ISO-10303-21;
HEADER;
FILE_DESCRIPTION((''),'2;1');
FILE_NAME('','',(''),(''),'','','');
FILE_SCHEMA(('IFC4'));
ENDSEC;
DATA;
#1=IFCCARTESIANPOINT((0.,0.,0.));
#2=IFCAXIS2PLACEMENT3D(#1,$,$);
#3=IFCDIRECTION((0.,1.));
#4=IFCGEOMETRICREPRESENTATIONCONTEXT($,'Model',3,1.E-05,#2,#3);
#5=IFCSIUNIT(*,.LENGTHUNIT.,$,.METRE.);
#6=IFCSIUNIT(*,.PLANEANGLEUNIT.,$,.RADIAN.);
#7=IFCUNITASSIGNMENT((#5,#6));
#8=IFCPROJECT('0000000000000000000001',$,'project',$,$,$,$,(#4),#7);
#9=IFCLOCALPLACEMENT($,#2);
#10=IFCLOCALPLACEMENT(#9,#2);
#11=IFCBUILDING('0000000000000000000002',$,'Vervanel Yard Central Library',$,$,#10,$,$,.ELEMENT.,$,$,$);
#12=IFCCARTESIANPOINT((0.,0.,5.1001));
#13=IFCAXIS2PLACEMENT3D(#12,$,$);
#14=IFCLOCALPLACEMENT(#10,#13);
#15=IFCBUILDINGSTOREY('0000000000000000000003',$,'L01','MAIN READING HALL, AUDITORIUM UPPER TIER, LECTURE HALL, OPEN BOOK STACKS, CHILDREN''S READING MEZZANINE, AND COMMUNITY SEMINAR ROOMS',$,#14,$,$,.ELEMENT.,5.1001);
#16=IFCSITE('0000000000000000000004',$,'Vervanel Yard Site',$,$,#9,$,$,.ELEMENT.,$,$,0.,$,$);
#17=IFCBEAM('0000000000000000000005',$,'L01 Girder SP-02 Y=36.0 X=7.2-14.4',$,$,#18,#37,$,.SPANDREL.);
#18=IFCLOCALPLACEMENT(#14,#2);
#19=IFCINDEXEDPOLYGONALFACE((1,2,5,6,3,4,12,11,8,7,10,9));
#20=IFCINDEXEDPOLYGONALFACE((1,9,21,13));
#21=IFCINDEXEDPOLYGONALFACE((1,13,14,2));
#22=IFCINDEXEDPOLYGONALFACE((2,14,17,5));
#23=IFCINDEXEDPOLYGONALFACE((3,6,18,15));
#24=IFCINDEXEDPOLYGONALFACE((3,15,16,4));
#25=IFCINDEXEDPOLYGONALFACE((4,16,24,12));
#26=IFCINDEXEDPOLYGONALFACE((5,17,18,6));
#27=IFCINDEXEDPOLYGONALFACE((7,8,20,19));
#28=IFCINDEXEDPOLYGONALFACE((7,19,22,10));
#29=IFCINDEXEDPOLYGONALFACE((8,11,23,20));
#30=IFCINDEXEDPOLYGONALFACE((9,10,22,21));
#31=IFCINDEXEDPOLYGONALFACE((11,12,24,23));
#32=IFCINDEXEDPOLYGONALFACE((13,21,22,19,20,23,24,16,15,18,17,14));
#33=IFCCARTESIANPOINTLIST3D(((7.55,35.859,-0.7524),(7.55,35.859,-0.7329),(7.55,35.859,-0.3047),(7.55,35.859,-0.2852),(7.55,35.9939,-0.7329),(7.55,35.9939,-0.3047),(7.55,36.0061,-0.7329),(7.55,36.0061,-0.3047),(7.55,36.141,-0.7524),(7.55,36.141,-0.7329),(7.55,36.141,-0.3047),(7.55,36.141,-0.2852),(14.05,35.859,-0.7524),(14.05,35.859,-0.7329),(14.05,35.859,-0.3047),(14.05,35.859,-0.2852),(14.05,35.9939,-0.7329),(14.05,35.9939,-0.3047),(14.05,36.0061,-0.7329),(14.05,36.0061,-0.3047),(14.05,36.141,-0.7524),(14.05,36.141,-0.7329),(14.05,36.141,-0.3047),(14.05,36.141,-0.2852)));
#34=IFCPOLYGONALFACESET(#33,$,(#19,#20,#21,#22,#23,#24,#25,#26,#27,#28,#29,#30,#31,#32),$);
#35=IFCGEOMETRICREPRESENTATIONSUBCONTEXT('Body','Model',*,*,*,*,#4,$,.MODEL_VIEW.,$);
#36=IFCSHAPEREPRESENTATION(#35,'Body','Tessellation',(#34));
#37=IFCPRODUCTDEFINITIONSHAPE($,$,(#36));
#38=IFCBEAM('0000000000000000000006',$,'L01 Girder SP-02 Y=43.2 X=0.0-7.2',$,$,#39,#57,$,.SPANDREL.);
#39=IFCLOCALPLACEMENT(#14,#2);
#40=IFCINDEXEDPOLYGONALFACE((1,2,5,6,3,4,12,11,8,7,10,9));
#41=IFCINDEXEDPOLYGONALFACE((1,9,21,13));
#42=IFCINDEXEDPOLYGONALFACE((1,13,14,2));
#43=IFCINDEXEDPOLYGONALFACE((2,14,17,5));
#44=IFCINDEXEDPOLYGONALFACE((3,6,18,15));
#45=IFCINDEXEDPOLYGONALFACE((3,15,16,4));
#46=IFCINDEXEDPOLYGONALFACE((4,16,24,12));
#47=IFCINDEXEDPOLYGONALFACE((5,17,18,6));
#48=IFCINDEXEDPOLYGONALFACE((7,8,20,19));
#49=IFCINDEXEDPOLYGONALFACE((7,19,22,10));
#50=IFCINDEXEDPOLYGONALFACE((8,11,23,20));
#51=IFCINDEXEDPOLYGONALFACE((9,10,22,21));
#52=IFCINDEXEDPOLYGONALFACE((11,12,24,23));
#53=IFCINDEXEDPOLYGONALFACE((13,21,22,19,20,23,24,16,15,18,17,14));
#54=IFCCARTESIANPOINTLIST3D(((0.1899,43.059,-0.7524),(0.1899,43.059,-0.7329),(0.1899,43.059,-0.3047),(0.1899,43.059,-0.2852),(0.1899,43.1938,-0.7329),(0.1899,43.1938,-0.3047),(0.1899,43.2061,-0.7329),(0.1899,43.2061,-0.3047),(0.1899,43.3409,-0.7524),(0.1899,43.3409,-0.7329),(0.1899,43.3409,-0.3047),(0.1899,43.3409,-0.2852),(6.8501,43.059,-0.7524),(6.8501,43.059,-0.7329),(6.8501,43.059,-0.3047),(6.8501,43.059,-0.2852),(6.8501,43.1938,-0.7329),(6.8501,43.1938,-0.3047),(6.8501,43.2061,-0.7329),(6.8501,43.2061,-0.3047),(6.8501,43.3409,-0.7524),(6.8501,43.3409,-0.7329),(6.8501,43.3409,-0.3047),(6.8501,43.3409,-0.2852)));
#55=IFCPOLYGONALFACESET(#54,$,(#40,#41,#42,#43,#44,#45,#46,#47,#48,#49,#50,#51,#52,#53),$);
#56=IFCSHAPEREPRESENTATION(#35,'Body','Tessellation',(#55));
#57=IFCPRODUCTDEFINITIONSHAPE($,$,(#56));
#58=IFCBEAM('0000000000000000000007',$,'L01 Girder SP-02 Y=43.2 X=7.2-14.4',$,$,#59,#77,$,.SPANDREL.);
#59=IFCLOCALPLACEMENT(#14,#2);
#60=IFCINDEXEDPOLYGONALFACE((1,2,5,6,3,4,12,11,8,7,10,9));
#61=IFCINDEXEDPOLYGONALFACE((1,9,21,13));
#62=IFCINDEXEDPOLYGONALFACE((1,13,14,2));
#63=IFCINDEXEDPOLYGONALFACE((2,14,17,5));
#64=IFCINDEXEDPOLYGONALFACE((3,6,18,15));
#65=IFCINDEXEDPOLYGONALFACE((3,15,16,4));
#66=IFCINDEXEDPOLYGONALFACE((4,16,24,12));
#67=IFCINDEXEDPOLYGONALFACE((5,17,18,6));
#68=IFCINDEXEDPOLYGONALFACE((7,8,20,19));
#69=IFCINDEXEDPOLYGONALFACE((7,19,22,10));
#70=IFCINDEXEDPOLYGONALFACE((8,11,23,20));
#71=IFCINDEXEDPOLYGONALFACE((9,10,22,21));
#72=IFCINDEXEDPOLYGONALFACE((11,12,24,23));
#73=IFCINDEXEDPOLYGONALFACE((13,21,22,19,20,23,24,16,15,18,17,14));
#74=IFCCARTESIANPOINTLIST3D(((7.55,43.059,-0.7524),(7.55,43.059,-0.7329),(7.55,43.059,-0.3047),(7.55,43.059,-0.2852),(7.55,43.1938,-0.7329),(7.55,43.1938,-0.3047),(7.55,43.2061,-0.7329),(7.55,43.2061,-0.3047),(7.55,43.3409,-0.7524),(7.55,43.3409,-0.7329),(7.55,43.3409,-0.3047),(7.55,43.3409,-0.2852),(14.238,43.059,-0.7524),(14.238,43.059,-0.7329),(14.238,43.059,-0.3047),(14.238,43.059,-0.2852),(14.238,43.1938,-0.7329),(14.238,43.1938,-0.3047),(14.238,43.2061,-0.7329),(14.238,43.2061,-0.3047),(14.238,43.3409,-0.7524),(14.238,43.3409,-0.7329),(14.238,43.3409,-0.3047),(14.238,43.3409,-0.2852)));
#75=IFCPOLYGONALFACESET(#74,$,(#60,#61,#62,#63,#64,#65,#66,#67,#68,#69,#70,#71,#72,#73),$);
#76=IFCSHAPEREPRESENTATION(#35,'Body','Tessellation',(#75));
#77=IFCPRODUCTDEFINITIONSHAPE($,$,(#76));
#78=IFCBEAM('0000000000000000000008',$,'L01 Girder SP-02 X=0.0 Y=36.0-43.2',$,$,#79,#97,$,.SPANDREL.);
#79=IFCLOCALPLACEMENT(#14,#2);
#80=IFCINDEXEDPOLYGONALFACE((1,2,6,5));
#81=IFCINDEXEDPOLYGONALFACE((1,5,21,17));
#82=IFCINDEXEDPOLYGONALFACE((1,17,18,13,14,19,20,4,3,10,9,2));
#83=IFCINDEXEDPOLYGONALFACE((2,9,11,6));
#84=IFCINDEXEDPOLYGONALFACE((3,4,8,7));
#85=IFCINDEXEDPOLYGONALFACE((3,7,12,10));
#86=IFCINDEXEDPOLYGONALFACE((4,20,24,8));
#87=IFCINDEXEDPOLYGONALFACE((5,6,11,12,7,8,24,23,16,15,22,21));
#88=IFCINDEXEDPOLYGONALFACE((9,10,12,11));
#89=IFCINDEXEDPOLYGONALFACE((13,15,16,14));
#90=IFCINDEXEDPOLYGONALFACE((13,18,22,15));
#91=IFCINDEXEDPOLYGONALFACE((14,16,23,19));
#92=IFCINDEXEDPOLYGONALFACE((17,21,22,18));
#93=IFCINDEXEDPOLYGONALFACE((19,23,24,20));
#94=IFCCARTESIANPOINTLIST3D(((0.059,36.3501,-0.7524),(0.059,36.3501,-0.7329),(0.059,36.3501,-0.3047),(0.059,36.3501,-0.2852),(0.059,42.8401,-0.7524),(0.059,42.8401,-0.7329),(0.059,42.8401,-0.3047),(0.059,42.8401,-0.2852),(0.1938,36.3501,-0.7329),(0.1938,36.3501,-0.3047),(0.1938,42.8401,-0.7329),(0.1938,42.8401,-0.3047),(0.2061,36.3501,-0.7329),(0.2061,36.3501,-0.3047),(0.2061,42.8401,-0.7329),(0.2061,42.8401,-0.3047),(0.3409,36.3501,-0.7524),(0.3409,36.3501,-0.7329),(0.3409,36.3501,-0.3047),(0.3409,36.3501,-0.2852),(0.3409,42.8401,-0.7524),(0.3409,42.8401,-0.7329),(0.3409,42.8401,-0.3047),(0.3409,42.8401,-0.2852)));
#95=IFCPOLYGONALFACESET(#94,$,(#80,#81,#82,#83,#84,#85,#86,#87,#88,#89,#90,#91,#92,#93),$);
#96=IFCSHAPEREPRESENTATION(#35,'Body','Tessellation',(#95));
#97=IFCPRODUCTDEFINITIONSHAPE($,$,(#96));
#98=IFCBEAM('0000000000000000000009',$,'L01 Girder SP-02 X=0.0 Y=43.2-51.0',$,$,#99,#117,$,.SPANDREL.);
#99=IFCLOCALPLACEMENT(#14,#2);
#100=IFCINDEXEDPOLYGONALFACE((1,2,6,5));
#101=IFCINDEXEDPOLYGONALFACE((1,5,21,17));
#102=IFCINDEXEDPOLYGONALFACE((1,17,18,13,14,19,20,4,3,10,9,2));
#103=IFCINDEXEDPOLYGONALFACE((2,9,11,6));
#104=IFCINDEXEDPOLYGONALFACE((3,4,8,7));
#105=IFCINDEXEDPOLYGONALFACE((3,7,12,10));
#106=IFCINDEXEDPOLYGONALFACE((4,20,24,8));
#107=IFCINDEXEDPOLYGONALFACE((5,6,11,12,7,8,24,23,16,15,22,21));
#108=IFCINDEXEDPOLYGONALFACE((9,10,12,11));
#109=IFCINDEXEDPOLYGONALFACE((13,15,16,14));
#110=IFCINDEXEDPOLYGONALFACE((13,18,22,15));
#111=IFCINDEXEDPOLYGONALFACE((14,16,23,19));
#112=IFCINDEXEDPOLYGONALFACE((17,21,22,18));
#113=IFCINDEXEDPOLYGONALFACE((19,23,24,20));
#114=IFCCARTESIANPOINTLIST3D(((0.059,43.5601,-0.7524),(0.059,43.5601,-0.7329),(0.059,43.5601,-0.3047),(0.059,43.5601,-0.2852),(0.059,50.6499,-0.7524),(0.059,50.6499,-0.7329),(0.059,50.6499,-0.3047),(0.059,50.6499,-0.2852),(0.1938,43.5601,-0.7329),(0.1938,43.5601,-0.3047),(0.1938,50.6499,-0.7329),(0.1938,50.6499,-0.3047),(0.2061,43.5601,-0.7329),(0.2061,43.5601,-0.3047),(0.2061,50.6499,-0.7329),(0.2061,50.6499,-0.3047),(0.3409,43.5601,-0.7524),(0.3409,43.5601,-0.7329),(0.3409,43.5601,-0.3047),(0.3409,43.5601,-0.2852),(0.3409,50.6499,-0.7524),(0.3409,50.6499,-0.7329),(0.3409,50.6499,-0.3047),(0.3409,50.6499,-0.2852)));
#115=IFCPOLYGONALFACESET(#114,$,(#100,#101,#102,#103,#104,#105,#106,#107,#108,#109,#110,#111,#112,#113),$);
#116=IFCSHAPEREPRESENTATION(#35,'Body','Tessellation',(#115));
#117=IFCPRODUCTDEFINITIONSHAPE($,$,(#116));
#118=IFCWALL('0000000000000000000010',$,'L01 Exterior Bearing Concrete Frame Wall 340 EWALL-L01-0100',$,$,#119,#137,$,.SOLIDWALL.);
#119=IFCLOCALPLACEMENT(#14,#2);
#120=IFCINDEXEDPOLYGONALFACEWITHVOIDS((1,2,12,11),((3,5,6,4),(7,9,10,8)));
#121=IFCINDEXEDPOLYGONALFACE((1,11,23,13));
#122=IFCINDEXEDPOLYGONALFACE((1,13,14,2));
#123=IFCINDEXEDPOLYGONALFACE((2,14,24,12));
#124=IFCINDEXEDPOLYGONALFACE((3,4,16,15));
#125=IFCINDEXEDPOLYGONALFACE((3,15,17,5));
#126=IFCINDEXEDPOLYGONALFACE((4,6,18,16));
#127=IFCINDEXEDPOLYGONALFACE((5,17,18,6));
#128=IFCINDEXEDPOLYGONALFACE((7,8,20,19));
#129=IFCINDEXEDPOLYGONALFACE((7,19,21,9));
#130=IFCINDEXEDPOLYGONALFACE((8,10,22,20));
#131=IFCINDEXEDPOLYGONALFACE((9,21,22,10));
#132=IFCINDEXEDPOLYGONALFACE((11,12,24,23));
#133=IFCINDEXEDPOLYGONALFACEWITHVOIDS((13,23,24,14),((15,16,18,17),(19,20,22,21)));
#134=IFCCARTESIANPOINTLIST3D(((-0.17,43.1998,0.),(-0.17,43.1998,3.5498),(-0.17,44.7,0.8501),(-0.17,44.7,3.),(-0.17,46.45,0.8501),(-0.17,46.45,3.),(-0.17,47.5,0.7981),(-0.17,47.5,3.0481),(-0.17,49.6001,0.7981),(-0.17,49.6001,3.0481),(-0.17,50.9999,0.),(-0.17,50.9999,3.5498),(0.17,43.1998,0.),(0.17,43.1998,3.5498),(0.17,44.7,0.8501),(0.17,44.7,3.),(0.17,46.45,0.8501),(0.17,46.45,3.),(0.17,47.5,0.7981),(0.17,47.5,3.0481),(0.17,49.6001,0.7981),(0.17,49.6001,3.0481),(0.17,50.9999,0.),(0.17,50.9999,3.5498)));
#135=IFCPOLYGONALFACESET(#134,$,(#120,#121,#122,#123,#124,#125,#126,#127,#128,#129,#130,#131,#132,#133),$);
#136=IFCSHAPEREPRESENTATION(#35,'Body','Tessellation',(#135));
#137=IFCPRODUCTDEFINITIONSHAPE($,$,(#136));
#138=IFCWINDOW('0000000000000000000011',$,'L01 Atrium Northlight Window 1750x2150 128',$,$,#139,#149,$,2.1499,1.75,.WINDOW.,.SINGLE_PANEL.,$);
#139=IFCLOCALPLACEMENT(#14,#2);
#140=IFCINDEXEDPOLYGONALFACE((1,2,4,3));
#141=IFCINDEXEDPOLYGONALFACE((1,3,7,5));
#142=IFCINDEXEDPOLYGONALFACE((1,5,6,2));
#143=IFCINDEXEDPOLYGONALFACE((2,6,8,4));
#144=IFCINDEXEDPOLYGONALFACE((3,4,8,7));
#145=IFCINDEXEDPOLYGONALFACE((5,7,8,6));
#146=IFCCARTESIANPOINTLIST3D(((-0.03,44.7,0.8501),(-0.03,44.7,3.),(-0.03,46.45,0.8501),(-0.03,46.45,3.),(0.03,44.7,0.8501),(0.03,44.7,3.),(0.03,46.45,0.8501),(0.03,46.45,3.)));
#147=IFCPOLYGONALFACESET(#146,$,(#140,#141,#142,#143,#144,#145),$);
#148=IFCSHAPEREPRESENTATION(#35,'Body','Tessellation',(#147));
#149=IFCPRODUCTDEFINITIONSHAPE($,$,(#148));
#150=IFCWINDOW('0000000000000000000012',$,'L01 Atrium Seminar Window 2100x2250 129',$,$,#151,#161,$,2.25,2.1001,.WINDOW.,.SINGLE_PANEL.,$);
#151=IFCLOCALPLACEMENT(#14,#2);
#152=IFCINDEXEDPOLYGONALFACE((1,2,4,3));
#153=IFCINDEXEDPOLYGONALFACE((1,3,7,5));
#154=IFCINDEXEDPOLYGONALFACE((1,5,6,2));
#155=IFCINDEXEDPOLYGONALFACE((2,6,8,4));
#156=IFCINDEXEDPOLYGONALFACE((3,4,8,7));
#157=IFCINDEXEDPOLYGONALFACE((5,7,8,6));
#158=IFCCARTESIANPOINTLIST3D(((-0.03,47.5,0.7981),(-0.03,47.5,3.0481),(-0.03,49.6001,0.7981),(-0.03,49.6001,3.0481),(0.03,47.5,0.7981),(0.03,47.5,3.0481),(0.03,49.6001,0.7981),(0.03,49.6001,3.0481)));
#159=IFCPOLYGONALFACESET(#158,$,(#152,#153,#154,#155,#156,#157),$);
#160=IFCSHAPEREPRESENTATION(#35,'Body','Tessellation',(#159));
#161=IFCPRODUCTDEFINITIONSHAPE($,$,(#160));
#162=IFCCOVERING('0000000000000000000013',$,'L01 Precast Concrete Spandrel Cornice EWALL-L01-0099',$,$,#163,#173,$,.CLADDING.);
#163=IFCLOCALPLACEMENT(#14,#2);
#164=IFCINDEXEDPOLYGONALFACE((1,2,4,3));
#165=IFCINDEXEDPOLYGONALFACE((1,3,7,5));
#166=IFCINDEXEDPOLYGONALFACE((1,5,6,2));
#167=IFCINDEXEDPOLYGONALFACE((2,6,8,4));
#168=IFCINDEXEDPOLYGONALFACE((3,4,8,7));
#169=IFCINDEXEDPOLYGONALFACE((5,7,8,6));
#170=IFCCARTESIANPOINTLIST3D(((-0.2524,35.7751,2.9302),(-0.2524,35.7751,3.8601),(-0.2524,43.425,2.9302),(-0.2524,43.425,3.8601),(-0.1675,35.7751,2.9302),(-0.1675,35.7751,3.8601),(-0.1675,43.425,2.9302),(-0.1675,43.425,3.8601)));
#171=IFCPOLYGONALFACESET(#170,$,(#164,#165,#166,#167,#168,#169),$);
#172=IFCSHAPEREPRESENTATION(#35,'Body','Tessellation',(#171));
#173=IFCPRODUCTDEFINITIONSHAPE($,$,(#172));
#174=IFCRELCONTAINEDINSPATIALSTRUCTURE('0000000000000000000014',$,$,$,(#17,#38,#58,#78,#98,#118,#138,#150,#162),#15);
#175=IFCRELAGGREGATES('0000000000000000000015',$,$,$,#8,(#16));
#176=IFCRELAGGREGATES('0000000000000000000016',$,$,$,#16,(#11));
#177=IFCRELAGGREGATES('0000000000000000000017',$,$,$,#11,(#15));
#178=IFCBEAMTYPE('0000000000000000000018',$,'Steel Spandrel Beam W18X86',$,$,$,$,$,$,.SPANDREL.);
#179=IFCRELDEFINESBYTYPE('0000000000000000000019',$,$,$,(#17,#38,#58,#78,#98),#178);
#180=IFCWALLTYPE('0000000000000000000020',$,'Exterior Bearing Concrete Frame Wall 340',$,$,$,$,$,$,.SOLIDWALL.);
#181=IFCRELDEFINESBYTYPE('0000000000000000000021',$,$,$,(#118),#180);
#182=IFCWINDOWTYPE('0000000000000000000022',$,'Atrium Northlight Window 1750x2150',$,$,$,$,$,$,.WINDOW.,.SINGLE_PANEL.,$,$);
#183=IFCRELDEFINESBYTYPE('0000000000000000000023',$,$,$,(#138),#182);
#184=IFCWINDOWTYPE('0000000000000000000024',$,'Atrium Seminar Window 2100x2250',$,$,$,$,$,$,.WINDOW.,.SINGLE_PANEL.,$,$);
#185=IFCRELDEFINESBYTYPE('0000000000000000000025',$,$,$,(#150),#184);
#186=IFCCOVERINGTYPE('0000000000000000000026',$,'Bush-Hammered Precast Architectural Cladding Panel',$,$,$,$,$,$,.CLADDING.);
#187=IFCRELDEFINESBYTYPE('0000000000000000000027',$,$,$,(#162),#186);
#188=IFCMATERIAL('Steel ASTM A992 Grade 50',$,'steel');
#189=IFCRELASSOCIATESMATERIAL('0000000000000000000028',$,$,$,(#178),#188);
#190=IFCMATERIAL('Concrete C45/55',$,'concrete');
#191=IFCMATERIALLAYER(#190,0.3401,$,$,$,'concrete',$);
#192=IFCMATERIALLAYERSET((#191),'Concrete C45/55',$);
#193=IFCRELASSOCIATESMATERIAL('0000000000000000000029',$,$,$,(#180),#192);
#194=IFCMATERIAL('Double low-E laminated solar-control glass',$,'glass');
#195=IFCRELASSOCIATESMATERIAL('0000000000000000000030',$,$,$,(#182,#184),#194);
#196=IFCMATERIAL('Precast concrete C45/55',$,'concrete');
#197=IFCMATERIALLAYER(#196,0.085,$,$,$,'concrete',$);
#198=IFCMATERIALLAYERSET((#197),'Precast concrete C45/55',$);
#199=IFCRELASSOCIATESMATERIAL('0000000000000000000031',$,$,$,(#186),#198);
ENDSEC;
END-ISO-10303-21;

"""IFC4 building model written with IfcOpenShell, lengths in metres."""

from ifc_helpers import new_model, si_unit, direction, frame, frame_2d, origin, origin_2d, place, context, subcontext, project, spatial, rectangle, i_section, extrude, material, layer, layer_set, material_profile, profile_set, type_object, element, fill, save


model = new_model("IFC4")

# Units and contexts
model_context = context("Model", 3, precision=1e-05, world=origin(), true_north=direction((0.0, 1.0)))
body_context = subcontext(model_context, "Body", "Model", "MODEL_VIEW")
ifc_project = project(units=[si_unit("LENGTHUNIT", "METRE"), si_unit("PLANEANGLEUNIT", "RADIAN")], contexts=[model_context])

# Site, building, storey
site_placement = place(None, origin())
site = spatial("IfcSite", under=ifc_project, at=site_placement, Name="Vervanel Yard Site", CompositionType="ELEMENT", RefElevation=0.0)
building_placement = place(site_placement, origin())
building = spatial("IfcBuilding", under=site, at=building_placement, Name="Vervanel Yard Central Library", CompositionType="ELEMENT")
storey_placement = place(building_placement, frame((0.0, 0.0, 5.1001)))
storey = spatial("IfcBuildingStorey", under=building, at=storey_placement, Name="L01", Description="MAIN READING HALL, AUDITORIUM UPPER TIER, LECTURE HALL, OPEN BOOK STACKS, CHILDREN'S READING MEZZANINE, AND COMMUNITY SEMINAR ROOMS", CompositionType="ELEMENT", Elevation=5.1001)

# Beams
ifc_material_1 = material(Name="Steel ASTM A992 Grade 50", Category="steel")
ifc_material_profile_1 = material_profile(ifc_material_1, i_section(OverallWidth=0.282, OverallDepth=0.4673, WebThickness=0.0122, FlangeThickness=0.0195, at=origin_2d()), Name="W18X86", Category="steel")
ifc_profile_set_1 = profile_set([ifc_material_profile_1], Name="Steel ASTM A992 Grade 50")
beam_type_1 = type_object("IfcBeamType", Name="Steel Spandrel Beam W18X86", PredefinedType="SPANDREL", material=ifc_profile_set_1)
beam_1_placement = place(storey_placement, frame((7.55, 36.0, -0.5188), z_axis=(1.0, 0.0, 0.0), x_axis=(0.0, 1.0, 0.0)))
element("IfcBeam", 1, at=beam_1_placement, inside=storey, type_object=beam_type_1, Name="L01 Girder SP-02 Y=36.0 X=7.2-14.4", PredefinedType="SPANDREL", context=body_context, shape_type="SweptSolid", body=[
    extrude(i_section(OverallWidth=0.282, OverallDepth=0.4673, WebThickness=0.0122, FlangeThickness=0.0195, at=origin_2d()), origin(), (0.0, 0.0, 1.0), 6.5),
])
beam_2_placement = place(storey_placement, frame((0.1899, 43.2, -0.5188), z_axis=(1.0, 0.0, 0.0), x_axis=(0.0, 1.0, 0.0)))
element("IfcBeam", 2, at=beam_2_placement, inside=storey, type_object=beam_type_1, Name="L01 Girder SP-02 Y=43.2 X=0.0-7.2", PredefinedType="SPANDREL", context=body_context, shape_type="SweptSolid", body=[
    extrude(i_section(OverallWidth=0.282, OverallDepth=0.4673, WebThickness=0.0122, FlangeThickness=0.0195, at=origin_2d()), origin(), (0.0, 0.0, 1.0), 6.6602),
])
beam_3_placement = place(storey_placement, frame((7.55, 43.2, -0.5188), z_axis=(1.0, 0.0, 0.0), x_axis=(0.0, 1.0, 0.0)))
element("IfcBeam", 3, at=beam_3_placement, inside=storey, type_object=beam_type_1, Name="L01 Girder SP-02 Y=43.2 X=7.2-14.4", PredefinedType="SPANDREL", context=body_context, shape_type="SweptSolid", body=[
    extrude(i_section(OverallWidth=0.282, OverallDepth=0.4673, WebThickness=0.0122, FlangeThickness=0.0195, at=origin_2d()), origin(), (0.0, 0.0, 1.0), 6.688),
])
beam_4_placement = place(storey_placement, frame((0.2, 36.3501, -0.5188), z_axis=(0.0, 1.0, 0.0), x_axis=(-1.0, 0.0, 0.0)))
element("IfcBeam", 4, at=beam_4_placement, inside=storey, type_object=beam_type_1, Name="L01 Girder SP-02 X=0.0 Y=36.0-43.2", PredefinedType="SPANDREL", context=body_context, shape_type="SweptSolid", body=[
    extrude(i_section(OverallWidth=0.282, OverallDepth=0.4673, WebThickness=0.0122, FlangeThickness=0.0195, at=origin_2d()), origin(), (0.0, 0.0, 1.0), 6.49),
])
beam_5_placement = place(storey_placement, frame((0.2, 43.5601, -0.5188), z_axis=(0.0, 1.0, 0.0), x_axis=(-1.0, 0.0, 0.0)))
element("IfcBeam", 5, at=beam_5_placement, inside=storey, type_object=beam_type_1, Name="L01 Girder SP-02 X=0.0 Y=43.2-51.0", PredefinedType="SPANDREL", context=body_context, shape_type="SweptSolid", body=[
    extrude(i_section(OverallWidth=0.282, OverallDepth=0.4673, WebThickness=0.0122, FlangeThickness=0.0195, at=origin_2d()), origin(), (0.0, 0.0, 1.0), 7.0898),
])

# Wall, openings, windows
ifc_material_2 = material(Name="Concrete C45/55", Category="concrete")
ifc_layer_1 = layer(ifc_material_2, 0.3401, Category="concrete")
ifc_layer_set_1 = layer_set([ifc_layer_1], Name="Concrete C45/55")
wall_type = type_object("IfcWallType", Name="Exterior Bearing Concrete Frame Wall 340", PredefinedType="SOLIDWALL", material=ifc_layer_set_1)
wall_placement = place(storey_placement, frame((0.0, 43.2, 0.0), z_axis=(0.0, 0.0, 1.0), x_axis=(0.0, 1.0, 0.0)))
wall = element("IfcWall", 6, at=wall_placement, inside=storey, type_object=wall_type, Name="L01 Exterior Bearing Concrete Frame Wall 340 EWALL-L01-0100", PredefinedType="SOLIDWALL", context=body_context, shape_type="SweptSolid", body=[
    extrude(rectangle(XDim=7.8, YDim=0.3401, at=frame_2d((3.8999, 0.0))), origin(), (0.0, 0.0, 1.0), 3.5498),
])
opening_1_placement = place(wall_placement, frame((1.5, 0.0, 0.8501)))
opening_1 = element("IfcOpeningElement", 7, at=opening_1_placement, cuts=wall, PredefinedType="OPENING", context=body_context, shape_type="SweptSolid", body=[
    extrude(rectangle(XDim=1.75, YDim=2.1499, at=frame_2d((0.875, 1.075))), frame((0.0, 0.1799, 0.0), z_axis=(0.0, -1.0, 0.0), x_axis=(1.0, 0.0, 0.0)), (0.0, 0.0, 1.0), 0.3601),
])
opening_2_placement = place(wall_placement, frame((4.3, 0.0, 0.7981)))
opening_2 = element("IfcOpeningElement", 8, at=opening_2_placement, cuts=wall, PredefinedType="OPENING", context=body_context, shape_type="SweptSolid", body=[
    extrude(rectangle(XDim=2.1001, YDim=2.25, at=frame_2d((1.05, 1.125))), frame((0.0, 0.1799, 0.0), z_axis=(0.0, -1.0, 0.0), x_axis=(1.0, 0.0, 0.0)), (0.0, 0.0, 1.0), 0.3601),
])
ifc_material_3 = material(Name="Double low-E laminated solar-control glass", Category="glass")
window_type_1 = type_object("IfcWindowType", Name="Atrium Northlight Window 1750x2150", PartitioningType="SINGLE_PANEL", PredefinedType="WINDOW", material=ifc_material_3)
window_1_placement = place(opening_1_placement, origin())
window_1 = element("IfcWindow", 9, at=window_1_placement, inside=storey, type_object=window_type_1, Name="L01 Atrium Northlight Window 1750x2150 128", OverallHeight=2.1499, OverallWidth=1.75, PartitioningType="SINGLE_PANEL", PredefinedType="WINDOW", context=body_context, shape_type="SweptSolid", body=[
    extrude(rectangle(XDim=1.75, YDim=2.1499, at=frame_2d((0.875, 1.075))), frame((0.0, 0.03, 0.0), z_axis=(0.0, -1.0, 0.0), x_axis=(1.0, 0.0, 0.0)), (0.0, 0.0, 1.0), 0.0601),
])
fill(opening_1, window_1)
window_type_2 = type_object("IfcWindowType", Name="Atrium Seminar Window 2100x2250", PartitioningType="SINGLE_PANEL", PredefinedType="WINDOW", material=ifc_material_3)
window_2_placement = place(opening_2_placement, origin())
window_2 = element("IfcWindow", 10, at=window_2_placement, inside=storey, type_object=window_type_2, Name="L01 Atrium Seminar Window 2100x2250 129", OverallHeight=2.25, OverallWidth=2.1001, PartitioningType="SINGLE_PANEL", PredefinedType="WINDOW", context=body_context, shape_type="SweptSolid", body=[
    extrude(rectangle(XDim=2.1001, YDim=2.25, at=frame_2d((1.05, 1.125))), frame((0.0, 0.03, 0.0), z_axis=(0.0, -1.0, 0.0), x_axis=(1.0, 0.0, 0.0)), (0.0, 0.0, 1.0), 0.0601),
])
fill(opening_2, window_2)

# Covering
ifc_material_4 = material(Name="Precast concrete C45/55", Category="concrete")
ifc_layer_2 = layer(ifc_material_4, 0.085, Category="concrete")
ifc_layer_set_2 = layer_set([ifc_layer_2], Name="Precast concrete C45/55")
covering_type = type_object("IfcCoveringType", Name="Bush-Hammered Precast Architectural Cladding Panel", PredefinedType="CLADDING", material=ifc_layer_set_2)
covering_1_placement = place(storey_placement, frame((-0.21, 39.6001, 2.9302), z_axis=(0.0, 0.0, 1.0), x_axis=(0.0, 1.0, 0.0)))
element("IfcCovering", 11, at=covering_1_placement, inside=storey, type_object=covering_type, Name="L01 Precast Concrete Spandrel Cornice EWALL-L01-0099", PredefinedType="CLADDING", context=body_context, shape_type="SweptSolid", body=[
    extrude(rectangle(XDim=7.6499, YDim=0.085, at=origin_2d()), origin(), (0.0, 0.0, 1.0), 0.9299),
])

save(model, "model.ifc")
